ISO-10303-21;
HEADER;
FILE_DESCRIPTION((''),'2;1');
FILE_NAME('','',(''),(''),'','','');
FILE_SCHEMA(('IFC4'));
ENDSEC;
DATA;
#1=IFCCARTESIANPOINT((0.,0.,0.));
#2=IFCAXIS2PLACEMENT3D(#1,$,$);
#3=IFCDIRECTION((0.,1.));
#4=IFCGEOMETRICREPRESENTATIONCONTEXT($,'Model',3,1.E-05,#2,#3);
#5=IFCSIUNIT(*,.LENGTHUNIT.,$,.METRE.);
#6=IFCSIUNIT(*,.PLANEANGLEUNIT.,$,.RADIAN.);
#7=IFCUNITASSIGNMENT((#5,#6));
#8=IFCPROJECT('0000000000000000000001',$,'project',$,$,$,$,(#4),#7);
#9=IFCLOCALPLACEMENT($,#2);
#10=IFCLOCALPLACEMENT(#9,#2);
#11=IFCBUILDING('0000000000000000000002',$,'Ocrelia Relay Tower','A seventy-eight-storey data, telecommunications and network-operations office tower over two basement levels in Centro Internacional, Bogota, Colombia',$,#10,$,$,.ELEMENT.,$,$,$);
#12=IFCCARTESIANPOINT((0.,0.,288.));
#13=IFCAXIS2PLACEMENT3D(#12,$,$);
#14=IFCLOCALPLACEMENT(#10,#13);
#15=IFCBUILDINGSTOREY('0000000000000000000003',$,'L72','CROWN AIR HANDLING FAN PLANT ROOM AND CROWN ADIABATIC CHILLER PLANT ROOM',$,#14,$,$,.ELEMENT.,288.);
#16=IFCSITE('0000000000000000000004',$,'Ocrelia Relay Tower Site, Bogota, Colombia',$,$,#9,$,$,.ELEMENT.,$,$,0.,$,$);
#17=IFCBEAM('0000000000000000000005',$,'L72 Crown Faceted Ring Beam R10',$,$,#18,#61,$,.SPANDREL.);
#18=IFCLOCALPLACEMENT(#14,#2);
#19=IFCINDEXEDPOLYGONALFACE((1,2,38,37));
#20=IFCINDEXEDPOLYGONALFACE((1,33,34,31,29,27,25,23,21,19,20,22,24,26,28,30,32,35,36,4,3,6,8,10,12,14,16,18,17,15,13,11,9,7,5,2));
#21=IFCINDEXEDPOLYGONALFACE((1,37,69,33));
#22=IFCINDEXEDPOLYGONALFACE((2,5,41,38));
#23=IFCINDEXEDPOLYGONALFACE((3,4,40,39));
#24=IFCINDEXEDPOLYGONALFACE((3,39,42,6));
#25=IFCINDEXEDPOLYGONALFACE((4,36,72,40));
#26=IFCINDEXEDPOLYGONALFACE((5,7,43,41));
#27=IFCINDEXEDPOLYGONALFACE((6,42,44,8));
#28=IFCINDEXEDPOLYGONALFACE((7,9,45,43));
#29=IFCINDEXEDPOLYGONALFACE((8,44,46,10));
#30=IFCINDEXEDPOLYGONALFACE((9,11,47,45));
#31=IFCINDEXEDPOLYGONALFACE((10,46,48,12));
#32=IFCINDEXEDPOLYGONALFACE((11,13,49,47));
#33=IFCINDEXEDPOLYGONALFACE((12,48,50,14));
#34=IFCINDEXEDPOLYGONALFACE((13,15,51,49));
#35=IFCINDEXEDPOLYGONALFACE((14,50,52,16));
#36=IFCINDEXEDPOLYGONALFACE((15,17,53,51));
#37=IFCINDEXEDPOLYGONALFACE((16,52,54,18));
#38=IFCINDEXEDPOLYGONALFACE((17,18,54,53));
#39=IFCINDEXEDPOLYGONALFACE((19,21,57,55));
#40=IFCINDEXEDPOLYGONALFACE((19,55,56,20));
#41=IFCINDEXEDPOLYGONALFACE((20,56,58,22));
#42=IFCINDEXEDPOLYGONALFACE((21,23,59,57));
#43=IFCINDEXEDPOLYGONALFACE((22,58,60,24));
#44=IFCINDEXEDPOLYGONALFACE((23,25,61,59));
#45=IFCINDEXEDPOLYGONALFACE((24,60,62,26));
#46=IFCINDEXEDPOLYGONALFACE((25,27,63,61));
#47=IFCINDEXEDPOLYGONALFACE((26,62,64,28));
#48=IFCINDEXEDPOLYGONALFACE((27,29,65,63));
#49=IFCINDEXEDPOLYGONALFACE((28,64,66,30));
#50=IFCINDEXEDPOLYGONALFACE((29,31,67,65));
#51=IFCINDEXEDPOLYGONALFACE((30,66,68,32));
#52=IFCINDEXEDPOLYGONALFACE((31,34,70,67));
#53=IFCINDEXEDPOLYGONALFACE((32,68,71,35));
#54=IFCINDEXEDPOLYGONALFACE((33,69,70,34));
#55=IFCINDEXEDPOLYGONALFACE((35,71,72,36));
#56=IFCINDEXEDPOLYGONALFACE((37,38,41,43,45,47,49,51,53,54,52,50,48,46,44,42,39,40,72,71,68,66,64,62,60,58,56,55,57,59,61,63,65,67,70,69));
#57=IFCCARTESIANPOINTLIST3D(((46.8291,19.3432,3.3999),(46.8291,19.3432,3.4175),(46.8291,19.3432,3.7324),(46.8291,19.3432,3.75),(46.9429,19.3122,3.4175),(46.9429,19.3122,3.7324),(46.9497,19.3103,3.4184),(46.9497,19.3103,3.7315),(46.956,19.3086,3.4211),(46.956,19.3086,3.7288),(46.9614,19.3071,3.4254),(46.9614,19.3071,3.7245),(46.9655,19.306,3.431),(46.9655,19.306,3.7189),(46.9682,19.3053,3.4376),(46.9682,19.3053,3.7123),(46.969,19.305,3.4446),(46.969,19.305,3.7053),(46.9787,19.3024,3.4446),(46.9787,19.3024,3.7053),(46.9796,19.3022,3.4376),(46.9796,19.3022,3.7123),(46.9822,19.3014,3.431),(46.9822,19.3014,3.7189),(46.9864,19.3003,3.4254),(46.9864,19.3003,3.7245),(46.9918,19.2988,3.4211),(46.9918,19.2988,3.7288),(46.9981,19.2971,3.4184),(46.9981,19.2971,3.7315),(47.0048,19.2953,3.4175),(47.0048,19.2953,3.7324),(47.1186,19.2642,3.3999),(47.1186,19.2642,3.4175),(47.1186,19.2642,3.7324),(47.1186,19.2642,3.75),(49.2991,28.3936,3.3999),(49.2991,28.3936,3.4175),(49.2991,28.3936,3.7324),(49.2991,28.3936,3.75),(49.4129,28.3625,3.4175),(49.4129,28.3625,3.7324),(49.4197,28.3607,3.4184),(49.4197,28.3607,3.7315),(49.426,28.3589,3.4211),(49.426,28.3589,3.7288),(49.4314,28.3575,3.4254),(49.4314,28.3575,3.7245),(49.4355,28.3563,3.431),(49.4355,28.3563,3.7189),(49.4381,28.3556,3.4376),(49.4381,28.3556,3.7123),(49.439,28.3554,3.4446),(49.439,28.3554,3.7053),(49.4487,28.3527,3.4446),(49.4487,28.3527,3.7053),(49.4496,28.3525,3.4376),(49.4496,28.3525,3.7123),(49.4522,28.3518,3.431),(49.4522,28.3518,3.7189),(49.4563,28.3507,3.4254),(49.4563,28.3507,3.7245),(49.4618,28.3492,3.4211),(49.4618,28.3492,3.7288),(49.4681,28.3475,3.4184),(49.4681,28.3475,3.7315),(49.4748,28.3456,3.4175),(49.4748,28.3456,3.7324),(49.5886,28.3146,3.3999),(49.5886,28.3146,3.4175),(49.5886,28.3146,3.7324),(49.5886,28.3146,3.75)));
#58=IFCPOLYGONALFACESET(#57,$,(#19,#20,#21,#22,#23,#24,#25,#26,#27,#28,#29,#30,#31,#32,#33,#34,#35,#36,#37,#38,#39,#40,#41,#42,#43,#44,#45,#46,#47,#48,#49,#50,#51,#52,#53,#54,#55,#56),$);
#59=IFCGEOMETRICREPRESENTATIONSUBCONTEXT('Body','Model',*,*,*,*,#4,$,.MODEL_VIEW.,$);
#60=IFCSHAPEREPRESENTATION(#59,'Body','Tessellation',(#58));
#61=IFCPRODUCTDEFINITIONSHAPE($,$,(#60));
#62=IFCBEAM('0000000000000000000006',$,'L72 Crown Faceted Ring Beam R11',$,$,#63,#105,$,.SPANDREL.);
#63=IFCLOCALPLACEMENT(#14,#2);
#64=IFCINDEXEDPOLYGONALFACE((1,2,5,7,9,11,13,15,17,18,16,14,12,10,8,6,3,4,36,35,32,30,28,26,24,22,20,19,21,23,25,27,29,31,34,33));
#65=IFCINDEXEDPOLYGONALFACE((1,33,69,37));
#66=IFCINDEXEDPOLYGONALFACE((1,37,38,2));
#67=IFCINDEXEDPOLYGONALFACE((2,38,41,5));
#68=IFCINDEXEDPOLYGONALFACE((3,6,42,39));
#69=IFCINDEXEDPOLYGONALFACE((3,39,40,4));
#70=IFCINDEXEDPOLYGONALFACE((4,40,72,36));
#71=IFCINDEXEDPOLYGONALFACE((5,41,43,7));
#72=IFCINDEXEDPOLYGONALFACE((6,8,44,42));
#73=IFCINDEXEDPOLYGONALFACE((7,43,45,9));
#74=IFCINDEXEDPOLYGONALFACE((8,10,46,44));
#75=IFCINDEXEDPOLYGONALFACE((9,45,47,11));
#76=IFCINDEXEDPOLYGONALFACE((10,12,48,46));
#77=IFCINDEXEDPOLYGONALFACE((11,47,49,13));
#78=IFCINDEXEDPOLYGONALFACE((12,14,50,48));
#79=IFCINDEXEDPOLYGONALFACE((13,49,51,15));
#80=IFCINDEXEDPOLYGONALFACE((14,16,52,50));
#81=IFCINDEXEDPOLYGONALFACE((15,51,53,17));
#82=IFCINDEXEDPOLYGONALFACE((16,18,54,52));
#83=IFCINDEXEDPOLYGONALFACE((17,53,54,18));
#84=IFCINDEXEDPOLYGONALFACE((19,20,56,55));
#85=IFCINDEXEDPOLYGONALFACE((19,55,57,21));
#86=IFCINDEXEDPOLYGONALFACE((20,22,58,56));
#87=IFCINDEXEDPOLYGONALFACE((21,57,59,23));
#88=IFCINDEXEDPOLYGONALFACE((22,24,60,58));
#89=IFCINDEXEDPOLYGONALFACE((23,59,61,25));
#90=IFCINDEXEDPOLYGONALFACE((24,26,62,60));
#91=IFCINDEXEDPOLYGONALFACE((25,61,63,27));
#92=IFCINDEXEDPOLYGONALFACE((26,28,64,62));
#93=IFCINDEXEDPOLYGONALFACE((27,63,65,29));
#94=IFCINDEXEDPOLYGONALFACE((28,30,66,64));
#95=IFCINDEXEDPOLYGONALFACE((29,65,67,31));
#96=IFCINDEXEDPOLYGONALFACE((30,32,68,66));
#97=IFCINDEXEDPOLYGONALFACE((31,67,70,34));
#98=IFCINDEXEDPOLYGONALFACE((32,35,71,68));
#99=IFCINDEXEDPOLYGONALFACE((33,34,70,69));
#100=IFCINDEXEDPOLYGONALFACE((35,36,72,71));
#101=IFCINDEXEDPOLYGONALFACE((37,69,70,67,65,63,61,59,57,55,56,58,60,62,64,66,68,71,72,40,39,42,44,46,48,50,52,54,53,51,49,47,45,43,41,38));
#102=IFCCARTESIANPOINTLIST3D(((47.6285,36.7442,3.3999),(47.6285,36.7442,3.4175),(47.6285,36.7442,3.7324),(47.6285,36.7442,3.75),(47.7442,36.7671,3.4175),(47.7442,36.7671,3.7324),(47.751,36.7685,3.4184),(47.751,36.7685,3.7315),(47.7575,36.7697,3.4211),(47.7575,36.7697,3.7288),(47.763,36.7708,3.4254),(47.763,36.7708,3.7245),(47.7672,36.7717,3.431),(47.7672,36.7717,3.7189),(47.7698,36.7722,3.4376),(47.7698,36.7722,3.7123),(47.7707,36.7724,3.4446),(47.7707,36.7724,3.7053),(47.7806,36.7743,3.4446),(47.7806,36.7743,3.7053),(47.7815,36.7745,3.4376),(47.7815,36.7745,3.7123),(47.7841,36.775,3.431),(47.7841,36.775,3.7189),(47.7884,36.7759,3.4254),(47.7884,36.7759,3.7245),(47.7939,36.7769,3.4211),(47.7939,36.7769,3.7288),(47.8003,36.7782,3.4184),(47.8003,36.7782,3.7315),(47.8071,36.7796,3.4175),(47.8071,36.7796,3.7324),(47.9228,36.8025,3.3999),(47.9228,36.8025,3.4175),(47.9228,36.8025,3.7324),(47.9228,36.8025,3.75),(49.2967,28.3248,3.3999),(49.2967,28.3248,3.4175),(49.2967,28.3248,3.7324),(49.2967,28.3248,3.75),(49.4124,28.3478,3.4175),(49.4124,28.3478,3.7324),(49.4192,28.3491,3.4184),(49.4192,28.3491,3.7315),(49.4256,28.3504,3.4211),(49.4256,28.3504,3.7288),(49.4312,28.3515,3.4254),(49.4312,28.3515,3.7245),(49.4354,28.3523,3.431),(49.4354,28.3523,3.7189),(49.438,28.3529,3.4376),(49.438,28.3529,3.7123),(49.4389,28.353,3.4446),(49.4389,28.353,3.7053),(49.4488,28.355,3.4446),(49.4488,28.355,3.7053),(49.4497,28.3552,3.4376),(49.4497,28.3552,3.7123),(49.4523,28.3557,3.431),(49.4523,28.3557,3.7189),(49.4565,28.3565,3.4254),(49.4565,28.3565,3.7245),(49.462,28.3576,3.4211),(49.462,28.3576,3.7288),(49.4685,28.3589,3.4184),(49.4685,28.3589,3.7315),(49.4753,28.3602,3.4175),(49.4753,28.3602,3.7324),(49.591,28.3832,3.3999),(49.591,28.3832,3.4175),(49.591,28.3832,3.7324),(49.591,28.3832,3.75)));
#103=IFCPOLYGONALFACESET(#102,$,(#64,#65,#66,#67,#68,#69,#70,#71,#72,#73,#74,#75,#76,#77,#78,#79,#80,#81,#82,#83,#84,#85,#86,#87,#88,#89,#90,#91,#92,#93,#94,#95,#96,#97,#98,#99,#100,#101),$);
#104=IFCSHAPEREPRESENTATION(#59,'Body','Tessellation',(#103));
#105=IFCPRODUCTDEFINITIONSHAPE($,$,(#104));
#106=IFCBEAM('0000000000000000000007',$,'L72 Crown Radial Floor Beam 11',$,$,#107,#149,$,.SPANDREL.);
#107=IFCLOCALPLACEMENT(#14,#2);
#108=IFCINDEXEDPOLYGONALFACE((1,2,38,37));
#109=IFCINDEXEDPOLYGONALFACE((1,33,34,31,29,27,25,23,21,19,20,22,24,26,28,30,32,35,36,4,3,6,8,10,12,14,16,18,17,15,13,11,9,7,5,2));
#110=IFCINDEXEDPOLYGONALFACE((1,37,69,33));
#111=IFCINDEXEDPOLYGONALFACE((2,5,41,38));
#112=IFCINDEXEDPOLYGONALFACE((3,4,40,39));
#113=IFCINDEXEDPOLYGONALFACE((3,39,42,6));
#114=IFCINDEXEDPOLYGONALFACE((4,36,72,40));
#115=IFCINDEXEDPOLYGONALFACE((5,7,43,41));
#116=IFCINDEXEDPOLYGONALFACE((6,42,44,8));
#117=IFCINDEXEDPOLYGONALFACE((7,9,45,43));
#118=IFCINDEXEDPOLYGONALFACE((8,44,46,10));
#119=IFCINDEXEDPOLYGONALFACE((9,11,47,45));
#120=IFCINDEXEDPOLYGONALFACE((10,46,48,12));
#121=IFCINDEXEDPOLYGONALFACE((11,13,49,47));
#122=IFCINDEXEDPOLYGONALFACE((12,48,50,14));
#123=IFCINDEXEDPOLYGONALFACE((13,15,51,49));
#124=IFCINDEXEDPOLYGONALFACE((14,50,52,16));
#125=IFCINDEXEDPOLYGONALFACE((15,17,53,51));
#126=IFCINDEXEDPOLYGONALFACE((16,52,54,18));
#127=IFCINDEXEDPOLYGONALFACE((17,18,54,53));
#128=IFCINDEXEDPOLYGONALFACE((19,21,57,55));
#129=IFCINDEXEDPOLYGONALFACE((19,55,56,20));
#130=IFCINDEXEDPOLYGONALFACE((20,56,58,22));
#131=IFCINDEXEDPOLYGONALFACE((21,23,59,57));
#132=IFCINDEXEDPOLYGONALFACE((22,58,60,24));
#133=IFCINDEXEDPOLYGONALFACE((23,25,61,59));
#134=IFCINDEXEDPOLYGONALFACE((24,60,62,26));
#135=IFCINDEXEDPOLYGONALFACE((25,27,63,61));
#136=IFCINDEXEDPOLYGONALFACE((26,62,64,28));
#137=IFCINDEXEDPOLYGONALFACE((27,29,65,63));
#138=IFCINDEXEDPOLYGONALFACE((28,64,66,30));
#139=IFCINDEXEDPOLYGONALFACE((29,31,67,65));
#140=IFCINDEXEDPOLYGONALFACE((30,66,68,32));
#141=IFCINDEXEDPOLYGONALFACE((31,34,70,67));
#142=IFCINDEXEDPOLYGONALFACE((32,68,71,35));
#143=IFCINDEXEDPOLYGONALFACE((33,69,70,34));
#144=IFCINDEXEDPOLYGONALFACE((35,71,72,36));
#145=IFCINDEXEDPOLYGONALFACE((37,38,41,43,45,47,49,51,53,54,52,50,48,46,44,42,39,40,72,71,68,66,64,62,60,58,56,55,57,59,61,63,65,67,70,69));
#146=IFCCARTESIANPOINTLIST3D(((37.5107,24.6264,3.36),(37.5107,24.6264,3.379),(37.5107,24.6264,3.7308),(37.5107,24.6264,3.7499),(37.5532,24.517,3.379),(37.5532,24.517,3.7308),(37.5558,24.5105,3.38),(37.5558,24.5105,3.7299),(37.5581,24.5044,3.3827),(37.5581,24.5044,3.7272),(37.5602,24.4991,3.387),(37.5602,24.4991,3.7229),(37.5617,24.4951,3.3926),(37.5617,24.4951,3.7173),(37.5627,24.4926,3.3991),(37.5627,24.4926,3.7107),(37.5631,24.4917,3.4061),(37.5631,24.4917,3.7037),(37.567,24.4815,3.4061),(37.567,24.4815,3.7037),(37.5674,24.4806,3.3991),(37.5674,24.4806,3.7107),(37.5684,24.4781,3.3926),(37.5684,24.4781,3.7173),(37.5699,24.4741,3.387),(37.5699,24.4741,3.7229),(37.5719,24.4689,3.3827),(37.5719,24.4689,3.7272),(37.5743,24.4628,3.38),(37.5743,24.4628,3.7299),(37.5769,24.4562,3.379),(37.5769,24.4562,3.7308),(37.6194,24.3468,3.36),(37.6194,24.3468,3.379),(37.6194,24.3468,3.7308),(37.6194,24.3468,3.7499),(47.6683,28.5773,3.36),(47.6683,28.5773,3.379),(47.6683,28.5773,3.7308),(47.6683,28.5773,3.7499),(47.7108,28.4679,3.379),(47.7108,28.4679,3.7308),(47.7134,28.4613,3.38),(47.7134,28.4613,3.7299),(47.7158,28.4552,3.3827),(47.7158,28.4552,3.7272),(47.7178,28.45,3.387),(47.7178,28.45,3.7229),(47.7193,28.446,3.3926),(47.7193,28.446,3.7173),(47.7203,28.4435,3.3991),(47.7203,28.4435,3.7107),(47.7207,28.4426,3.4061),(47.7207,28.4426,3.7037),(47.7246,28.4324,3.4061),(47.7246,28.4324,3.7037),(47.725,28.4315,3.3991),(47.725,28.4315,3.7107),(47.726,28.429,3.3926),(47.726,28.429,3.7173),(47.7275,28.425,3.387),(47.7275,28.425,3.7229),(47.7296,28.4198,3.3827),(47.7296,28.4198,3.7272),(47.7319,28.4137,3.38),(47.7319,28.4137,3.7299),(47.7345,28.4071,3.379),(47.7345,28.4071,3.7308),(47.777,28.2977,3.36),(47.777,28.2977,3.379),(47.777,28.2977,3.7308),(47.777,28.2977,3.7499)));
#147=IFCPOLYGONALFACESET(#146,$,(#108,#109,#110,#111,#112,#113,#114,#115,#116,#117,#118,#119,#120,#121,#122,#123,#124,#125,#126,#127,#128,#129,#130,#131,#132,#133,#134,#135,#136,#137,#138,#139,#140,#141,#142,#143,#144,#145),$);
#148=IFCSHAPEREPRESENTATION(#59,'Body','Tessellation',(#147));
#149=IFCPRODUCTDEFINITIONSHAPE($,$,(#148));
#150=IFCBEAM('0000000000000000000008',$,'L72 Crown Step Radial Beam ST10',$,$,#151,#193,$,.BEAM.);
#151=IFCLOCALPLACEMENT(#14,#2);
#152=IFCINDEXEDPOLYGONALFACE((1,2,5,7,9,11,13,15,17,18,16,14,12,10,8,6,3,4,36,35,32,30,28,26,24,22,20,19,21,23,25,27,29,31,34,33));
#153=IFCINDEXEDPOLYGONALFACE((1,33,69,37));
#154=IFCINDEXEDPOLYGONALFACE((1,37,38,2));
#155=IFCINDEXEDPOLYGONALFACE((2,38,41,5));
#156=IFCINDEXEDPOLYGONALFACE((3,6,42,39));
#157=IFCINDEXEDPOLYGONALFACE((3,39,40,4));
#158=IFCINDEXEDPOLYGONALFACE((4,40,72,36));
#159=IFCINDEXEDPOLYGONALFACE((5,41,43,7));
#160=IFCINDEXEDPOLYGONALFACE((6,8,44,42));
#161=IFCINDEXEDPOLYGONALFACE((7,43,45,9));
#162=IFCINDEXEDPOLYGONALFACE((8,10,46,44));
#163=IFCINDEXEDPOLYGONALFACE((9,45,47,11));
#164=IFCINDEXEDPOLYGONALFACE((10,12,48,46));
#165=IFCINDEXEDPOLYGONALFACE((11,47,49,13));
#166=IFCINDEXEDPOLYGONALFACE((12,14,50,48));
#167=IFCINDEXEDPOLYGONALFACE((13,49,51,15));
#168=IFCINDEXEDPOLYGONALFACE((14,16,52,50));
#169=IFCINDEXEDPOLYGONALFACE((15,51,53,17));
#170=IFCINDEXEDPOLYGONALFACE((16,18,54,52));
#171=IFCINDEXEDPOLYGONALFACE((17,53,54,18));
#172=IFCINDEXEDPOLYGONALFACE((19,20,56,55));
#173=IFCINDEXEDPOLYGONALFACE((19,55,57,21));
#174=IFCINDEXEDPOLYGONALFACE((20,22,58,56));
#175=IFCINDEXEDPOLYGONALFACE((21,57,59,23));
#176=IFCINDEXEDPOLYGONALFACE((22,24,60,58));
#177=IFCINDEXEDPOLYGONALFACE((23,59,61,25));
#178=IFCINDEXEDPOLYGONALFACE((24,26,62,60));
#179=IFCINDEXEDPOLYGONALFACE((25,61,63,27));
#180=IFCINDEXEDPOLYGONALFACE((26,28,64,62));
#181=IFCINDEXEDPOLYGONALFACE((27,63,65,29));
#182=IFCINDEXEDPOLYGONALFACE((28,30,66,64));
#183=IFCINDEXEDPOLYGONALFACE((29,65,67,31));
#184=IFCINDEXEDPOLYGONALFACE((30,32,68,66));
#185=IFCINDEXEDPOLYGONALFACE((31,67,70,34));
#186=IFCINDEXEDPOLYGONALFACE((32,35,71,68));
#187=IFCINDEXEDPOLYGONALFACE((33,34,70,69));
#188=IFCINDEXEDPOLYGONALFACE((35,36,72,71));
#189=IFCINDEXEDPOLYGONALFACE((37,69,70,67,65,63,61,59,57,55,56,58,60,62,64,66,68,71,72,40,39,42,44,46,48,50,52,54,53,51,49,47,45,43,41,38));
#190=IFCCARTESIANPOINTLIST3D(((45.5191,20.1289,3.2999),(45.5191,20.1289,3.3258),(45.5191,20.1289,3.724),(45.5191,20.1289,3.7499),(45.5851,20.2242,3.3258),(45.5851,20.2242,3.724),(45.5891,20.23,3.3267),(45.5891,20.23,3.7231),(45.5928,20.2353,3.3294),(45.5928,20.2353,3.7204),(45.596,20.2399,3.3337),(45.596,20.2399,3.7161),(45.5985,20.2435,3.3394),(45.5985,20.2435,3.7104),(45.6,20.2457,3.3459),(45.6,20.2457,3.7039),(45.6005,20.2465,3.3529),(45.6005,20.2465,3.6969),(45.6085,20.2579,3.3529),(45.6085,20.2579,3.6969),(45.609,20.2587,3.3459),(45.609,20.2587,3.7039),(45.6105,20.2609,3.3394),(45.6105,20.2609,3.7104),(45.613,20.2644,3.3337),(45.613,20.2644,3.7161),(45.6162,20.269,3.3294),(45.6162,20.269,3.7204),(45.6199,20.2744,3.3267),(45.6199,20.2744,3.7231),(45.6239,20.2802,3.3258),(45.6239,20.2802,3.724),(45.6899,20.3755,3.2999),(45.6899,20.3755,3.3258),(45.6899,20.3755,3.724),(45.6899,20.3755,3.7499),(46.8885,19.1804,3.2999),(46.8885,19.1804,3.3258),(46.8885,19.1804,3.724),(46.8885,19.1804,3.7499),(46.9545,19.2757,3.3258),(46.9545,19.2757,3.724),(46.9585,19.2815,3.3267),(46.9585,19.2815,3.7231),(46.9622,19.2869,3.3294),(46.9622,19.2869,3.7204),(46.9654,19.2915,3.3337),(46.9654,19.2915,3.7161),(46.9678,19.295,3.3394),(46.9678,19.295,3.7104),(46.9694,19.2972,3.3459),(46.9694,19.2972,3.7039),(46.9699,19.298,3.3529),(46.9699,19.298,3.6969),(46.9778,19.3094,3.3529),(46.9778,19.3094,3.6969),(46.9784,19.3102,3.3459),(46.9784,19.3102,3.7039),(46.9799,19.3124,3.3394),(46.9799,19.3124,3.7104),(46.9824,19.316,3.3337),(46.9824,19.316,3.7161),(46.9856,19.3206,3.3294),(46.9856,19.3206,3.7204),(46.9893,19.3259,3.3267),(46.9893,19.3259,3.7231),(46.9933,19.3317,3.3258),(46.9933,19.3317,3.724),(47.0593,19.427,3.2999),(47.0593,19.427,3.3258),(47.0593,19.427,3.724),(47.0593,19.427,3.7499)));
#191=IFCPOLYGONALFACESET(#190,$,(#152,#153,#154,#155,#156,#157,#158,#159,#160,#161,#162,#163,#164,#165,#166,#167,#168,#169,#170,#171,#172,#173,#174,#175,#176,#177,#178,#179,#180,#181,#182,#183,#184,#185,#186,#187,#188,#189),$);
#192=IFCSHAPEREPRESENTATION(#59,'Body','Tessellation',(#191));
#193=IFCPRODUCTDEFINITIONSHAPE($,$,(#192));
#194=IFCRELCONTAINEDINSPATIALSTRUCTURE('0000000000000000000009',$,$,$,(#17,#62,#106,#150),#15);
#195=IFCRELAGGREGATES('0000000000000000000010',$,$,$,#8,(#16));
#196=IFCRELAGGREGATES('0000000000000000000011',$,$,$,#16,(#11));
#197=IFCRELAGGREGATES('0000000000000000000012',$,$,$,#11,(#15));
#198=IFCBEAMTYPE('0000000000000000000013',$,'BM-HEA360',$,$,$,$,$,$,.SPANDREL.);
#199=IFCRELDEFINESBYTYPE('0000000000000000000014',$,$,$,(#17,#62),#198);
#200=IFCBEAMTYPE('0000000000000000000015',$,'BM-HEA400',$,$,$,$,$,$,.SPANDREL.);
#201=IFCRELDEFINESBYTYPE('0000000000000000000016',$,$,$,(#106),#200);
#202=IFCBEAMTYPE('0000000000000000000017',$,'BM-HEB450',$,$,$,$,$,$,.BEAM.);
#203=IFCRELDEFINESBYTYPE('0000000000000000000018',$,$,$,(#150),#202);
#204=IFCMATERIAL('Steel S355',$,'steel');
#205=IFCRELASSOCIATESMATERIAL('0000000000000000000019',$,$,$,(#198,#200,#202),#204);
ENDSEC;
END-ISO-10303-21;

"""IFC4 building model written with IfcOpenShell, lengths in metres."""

from ifc_helpers import new_model, si_unit, direction, frame, origin, origin_2d, place, context, subcontext, project, spatial, i_section, extrude, material, material_profile, profile_set, type_object, element, save


model = new_model("IFC4")

# Units and contexts
model_context = context("Model", 3, precision=1e-05, world=origin(), true_north=direction((0.0, 1.0)))
body_context = subcontext(model_context, "Body", "Model", "MODEL_VIEW")
ifc_project = project(units=[si_unit("LENGTHUNIT", "METRE"), si_unit("PLANEANGLEUNIT", "RADIAN")], contexts=[model_context])

# Site, building, storey
site_placement = place(None, origin())
site = spatial("IfcSite", under=ifc_project, at=site_placement, Name="Ocrelia Relay Tower Site, Bogota, Colombia", CompositionType="ELEMENT", RefElevation=0.0)
building_placement = place(site_placement, origin())
building = spatial("IfcBuilding", under=site, at=building_placement, Name="Ocrelia Relay Tower", Description="A seventy-eight-storey data, telecommunications and network-operations office tower over two basement levels in Centro Internacional, Bogota, Colombia", CompositionType="ELEMENT")
storey_placement = place(building_placement, frame((0.0, 0.0, 288.0)))
storey = spatial("IfcBuildingStorey", under=building, at=storey_placement, Name="L72", Description="CROWN AIR HANDLING FAN PLANT ROOM AND CROWN ADIABATIC CHILLER PLANT ROOM", CompositionType="ELEMENT", Elevation=288.0)

# Beams
ifc_material_1 = material(Name="Steel S355", Category="steel")
ifc_material_profile_1 = material_profile(ifc_material_1, i_section(OverallWidth=0.3, OverallDepth=0.3501, WebThickness=0.01, FlangeThickness=0.0176, FilletRadius=0.0271, at=origin_2d()), Name="HEA 360")
ifc_profile_set_1 = profile_set([ifc_material_profile_1], Name="Steel S355")
beam_type_1 = type_object("IfcBeamType", Name="BM-HEA360", PredefinedType="SPANDREL", material=ifc_profile_set_1)
beam_1_placement = place(storey_placement, frame((46.9739, 19.3037, 3.575), z_axis=(0.263287, 0.964718, 0.0), x_axis=(-0.964718, 0.263287, 0.0)))
element("IfcBeam", 1, at=beam_1_placement, inside=storey, type_object=beam_type_1, Name="L72 Crown Faceted Ring Beam R10", PredefinedType="SPANDREL", context=body_context, shape_type="SweptSolid", body=[
    extrude(i_section(OverallWidth=0.3, OverallDepth=0.3501, WebThickness=0.01, FlangeThickness=0.0176, FilletRadius=0.0271, at=origin_2d()), origin(), (0.0, 0.0, 1.0), 9.3813),
])
beam_2_placement = place(storey_placement, frame((49.4438, 28.354, 3.575), z_axis=(-0.19436, 0.98093, 0.0), x_axis=(-0.98093, -0.19436, 0.0)))
element("IfcBeam", 2, at=beam_2_placement, inside=storey, type_object=beam_type_1, Name="L72 Crown Faceted Ring Beam R11", PredefinedType="SPANDREL", context=body_context, shape_type="SweptSolid", body=[
    extrude(i_section(OverallWidth=0.3, OverallDepth=0.3501, WebThickness=0.01, FlangeThickness=0.0176, FilletRadius=0.0271, at=origin_2d()), origin(), (0.0, 0.0, 1.0), 8.583),
])
ifc_material_profile_2 = material_profile(ifc_material_1, i_section(OverallWidth=0.3, OverallDepth=0.3899, WebThickness=0.011, FlangeThickness=0.019, FilletRadius=0.0271, at=origin_2d()), Name="HEA 400")
ifc_profile_set_2 = profile_set([ifc_material_profile_2], Name="Steel S355")
beam_type_2 = type_object("IfcBeamType", Name="BM-HEA400", PredefinedType="SPANDREL", material=ifc_profile_set_2)
beam_3_placement = place(storey_placement, frame((47.7227, 28.4375, 3.5549), z_axis=(-0.931983, -0.362502, 0.0), x_axis=(0.362502, -0.931983, 0.0)))
element("IfcBeam", 3, at=beam_3_placement, inside=storey, type_object=beam_type_2, Name="L72 Crown Radial Floor Beam 11", PredefinedType="SPANDREL", context=body_context, shape_type="SweptSolid", body=[
    extrude(i_section(OverallWidth=0.3, OverallDepth=0.3899, WebThickness=0.011, FlangeThickness=0.019, FilletRadius=0.0271, at=origin_2d()), origin(), (0.0, 0.0, 1.0), 10.8989),
])
ifc_material_profile_3 = material_profile(ifc_material_1, i_section(OverallWidth=0.3, OverallDepth=0.45, WebThickness=0.0139, FlangeThickness=0.0259, FilletRadius=0.0271, at=origin_2d()), Name="HEB 450")
ifc_profile_set_3 = profile_set([ifc_material_profile_3], Name="Steel S355")
beam_type_3 = type_object("IfcBeamType", Name="BM-HEB450", PredefinedType="BEAM", material=ifc_profile_set_3)
beam_4_placement = place(storey_placement, frame((46.9739, 19.3037, 3.5249), z_axis=(-0.822066, 0.569393, 0.0), x_axis=(-0.569393, -0.822066, 0.0)))
element("IfcBeam", 4, at=beam_4_placement, inside=storey, type_object=beam_type_3, Name="L72 Crown Step Radial Beam ST10", PredefinedType="BEAM", context=body_context, shape_type="SweptSolid", body=[
    extrude(i_section(OverallWidth=0.3, OverallDepth=0.45, WebThickness=0.0139, FlangeThickness=0.0259, FilletRadius=0.0271, at=origin_2d()), origin(), (0.0, 0.0, 1.0), 1.6658),
])

save(model, "model.ifc")
